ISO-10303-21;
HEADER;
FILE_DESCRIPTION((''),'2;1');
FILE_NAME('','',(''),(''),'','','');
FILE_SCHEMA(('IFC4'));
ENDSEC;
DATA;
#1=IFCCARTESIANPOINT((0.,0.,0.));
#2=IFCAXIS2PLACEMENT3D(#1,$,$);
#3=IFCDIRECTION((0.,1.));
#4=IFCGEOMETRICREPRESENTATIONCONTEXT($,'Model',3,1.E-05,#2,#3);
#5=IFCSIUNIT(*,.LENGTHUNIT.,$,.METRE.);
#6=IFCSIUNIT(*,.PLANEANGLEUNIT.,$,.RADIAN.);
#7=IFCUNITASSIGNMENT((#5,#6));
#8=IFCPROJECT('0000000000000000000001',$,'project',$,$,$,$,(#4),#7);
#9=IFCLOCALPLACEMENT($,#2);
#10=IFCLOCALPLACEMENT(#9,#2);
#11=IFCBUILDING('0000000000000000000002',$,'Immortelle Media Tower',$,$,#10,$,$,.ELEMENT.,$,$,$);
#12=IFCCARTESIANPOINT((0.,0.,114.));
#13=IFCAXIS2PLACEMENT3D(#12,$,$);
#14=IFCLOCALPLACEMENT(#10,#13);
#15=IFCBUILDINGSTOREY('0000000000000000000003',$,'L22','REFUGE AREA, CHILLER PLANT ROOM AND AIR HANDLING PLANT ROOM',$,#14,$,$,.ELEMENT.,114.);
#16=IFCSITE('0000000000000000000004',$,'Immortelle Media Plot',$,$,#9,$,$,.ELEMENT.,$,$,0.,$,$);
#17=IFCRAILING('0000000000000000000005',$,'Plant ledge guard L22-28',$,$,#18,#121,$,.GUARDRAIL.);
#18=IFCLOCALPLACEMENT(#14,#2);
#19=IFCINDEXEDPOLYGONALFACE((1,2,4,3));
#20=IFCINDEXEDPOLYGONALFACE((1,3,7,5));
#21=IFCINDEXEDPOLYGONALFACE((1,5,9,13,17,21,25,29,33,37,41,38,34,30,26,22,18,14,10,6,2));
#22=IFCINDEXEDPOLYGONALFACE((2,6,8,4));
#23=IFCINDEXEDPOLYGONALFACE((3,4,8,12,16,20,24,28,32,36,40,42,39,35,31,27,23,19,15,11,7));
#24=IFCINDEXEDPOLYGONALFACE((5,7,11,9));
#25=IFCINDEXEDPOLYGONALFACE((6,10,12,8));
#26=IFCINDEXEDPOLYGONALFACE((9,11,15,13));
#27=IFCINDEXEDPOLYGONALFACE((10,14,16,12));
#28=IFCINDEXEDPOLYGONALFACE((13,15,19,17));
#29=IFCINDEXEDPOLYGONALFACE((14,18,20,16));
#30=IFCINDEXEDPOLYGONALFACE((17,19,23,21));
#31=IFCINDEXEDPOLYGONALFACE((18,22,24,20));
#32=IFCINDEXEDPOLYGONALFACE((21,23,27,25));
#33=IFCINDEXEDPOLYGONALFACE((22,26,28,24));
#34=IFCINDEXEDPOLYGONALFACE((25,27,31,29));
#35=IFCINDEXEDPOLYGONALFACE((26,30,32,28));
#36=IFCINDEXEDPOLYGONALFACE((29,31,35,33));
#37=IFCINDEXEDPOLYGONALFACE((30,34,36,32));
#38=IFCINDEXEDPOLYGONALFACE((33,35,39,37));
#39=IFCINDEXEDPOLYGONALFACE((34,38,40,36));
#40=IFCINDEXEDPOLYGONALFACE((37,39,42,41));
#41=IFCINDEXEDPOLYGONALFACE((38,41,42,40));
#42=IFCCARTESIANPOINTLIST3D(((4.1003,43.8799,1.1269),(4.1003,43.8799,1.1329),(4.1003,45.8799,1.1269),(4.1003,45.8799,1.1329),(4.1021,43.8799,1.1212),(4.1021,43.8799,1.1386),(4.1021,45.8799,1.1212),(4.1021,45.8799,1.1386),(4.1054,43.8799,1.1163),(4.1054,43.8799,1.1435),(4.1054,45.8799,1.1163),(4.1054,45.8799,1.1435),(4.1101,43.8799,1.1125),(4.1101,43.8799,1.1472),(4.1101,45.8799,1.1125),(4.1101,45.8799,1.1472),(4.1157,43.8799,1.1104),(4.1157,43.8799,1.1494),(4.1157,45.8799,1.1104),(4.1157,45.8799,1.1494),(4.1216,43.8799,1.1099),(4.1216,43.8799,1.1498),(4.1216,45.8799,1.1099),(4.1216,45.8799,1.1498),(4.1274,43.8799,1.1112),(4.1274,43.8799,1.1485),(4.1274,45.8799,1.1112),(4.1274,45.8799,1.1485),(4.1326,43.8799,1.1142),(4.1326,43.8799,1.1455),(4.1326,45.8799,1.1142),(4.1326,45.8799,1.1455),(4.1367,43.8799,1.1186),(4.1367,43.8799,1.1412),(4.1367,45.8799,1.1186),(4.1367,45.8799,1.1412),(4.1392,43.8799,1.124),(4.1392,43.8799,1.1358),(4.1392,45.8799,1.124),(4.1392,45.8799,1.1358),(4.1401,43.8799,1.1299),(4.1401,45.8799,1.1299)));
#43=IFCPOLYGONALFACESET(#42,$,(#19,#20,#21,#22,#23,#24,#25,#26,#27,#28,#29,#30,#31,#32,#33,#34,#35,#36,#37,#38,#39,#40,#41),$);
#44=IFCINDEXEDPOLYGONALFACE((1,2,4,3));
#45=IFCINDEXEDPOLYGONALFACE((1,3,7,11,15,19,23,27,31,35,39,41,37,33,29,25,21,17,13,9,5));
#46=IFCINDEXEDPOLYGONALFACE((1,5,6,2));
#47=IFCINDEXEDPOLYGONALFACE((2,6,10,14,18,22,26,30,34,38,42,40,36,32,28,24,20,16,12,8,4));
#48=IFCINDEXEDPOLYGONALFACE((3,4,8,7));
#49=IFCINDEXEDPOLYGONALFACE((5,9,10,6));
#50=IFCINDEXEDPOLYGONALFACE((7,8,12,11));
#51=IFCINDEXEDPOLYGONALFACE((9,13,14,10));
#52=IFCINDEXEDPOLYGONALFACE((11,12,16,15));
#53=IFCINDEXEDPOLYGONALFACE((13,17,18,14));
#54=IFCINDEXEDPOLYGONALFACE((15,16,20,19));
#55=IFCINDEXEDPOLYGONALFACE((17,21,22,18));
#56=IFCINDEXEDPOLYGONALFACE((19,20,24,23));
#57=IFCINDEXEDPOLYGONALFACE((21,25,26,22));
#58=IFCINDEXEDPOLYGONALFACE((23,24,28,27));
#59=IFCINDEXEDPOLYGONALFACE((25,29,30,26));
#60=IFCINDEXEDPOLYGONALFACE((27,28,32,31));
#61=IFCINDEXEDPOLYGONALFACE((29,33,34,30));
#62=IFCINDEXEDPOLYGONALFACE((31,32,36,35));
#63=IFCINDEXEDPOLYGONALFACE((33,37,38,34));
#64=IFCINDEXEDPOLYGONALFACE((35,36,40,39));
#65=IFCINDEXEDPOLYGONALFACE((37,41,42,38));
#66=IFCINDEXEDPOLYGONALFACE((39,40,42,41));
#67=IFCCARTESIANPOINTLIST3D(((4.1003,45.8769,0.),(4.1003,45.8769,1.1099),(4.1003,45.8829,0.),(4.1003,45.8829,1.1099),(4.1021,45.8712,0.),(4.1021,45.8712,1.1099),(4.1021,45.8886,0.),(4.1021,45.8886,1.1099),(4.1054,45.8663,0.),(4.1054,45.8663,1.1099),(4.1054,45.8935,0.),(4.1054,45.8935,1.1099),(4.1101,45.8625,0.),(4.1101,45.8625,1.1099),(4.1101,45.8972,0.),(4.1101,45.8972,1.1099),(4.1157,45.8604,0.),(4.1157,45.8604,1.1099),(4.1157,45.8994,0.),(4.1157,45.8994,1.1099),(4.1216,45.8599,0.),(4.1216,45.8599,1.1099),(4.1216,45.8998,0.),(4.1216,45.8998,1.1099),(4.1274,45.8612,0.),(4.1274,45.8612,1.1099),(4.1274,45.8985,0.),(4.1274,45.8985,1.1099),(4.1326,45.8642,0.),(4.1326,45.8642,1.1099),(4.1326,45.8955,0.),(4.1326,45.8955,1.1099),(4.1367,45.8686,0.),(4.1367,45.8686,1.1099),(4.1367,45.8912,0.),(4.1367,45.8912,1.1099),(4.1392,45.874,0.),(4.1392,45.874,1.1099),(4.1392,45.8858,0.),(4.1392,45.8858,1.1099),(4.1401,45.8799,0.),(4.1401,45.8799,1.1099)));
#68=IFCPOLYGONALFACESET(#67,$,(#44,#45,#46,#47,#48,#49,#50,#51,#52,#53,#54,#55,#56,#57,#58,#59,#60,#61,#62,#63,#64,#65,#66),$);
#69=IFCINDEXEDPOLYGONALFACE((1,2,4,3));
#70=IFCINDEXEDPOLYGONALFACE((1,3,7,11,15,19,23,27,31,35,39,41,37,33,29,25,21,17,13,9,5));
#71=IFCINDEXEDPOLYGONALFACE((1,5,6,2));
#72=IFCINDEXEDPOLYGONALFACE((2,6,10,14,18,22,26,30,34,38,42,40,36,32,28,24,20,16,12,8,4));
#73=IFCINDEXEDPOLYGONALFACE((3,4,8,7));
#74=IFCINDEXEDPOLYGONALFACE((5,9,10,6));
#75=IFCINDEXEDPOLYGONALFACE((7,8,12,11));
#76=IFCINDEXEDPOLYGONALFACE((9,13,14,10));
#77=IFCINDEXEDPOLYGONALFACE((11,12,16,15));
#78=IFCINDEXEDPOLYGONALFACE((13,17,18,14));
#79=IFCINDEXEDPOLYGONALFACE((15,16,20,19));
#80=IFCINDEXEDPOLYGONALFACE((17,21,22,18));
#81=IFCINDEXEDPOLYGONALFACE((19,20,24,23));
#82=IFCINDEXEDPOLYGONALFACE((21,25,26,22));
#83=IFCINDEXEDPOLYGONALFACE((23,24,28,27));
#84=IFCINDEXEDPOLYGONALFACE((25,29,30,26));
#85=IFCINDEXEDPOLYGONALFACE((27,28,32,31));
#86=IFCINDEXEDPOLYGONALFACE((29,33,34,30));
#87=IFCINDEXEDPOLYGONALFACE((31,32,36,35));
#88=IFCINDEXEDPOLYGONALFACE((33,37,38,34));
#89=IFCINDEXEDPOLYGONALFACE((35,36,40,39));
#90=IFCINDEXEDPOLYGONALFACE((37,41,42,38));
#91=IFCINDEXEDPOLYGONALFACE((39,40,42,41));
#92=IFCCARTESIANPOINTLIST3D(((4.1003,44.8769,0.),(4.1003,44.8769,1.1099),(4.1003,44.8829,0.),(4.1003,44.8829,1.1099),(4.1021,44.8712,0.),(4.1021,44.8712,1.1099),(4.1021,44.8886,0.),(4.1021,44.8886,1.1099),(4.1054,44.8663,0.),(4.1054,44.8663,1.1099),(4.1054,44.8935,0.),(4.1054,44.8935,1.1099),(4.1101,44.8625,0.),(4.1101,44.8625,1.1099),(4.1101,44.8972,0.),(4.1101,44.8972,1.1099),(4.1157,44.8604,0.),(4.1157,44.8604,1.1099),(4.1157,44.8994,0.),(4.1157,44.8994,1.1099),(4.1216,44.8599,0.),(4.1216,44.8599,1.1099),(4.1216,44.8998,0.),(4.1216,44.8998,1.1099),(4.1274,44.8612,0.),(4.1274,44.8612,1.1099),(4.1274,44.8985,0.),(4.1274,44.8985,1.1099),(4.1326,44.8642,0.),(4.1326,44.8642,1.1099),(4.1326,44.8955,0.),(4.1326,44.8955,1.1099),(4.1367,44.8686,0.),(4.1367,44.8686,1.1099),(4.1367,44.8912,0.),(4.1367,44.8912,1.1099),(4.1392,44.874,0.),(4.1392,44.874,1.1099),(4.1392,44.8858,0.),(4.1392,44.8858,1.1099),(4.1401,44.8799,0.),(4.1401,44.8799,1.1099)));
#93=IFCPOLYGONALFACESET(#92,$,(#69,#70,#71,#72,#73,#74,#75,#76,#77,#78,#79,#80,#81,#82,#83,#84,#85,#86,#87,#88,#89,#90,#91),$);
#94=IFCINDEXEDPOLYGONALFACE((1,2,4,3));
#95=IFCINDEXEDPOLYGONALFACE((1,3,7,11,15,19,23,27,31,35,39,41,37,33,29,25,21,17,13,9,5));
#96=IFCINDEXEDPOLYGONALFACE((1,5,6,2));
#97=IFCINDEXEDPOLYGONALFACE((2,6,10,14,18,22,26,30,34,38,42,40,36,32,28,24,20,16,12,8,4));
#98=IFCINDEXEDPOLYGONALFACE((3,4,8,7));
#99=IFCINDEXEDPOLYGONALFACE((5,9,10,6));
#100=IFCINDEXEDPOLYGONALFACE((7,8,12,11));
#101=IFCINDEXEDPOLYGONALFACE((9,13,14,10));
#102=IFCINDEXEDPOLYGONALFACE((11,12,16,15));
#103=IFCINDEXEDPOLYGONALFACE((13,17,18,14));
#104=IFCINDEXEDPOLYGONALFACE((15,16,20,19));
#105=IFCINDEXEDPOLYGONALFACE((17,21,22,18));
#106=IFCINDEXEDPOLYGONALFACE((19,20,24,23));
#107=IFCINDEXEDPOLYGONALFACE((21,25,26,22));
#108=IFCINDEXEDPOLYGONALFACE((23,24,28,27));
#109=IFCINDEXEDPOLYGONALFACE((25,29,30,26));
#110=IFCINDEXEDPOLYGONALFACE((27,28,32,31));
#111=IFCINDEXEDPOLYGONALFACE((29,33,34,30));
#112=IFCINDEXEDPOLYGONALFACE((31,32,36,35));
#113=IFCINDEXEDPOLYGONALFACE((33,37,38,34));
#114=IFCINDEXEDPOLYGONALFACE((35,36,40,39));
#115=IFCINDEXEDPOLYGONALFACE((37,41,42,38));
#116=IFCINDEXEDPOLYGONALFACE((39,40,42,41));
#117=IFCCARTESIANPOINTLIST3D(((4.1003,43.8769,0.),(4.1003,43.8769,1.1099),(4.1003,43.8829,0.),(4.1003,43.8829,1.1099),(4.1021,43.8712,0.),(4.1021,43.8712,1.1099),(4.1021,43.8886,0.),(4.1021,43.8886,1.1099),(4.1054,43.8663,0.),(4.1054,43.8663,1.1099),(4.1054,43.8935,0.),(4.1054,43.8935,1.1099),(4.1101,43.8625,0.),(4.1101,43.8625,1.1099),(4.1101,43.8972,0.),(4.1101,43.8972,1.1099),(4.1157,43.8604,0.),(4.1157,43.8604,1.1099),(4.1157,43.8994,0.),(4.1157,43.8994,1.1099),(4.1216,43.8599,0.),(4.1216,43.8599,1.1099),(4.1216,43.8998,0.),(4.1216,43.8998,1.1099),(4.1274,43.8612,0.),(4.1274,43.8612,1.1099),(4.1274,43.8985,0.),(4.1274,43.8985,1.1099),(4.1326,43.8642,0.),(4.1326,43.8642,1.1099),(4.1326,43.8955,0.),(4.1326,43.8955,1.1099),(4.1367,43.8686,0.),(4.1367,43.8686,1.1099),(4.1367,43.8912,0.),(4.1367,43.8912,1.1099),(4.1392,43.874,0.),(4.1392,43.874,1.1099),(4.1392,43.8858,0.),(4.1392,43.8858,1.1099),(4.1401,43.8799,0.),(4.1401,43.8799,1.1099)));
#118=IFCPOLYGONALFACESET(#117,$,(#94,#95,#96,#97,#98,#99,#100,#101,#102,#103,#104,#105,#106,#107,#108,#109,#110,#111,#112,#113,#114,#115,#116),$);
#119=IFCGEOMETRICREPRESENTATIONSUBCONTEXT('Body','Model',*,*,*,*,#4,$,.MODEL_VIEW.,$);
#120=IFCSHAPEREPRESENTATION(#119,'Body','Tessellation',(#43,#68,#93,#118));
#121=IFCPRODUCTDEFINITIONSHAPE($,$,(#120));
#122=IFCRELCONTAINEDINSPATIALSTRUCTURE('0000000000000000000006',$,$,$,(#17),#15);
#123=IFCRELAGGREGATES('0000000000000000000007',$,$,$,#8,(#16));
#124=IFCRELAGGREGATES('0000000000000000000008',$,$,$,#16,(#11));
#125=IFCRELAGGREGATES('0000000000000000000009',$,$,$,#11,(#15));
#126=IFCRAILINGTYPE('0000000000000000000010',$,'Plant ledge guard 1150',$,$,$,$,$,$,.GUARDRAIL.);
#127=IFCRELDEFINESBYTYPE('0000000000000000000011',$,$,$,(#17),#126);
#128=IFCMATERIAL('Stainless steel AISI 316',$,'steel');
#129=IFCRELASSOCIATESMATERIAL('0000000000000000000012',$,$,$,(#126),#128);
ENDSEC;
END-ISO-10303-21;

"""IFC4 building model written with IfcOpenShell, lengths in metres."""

from ifc_helpers import new_model, si_unit, direction, frame, origin, origin_2d, place, context, subcontext, project, spatial, circle, extrude, material, type_object, element, save


model = new_model("IFC4")

# Units and contexts
model_context = context("Model", 3, precision=1e-05, world=origin(), true_north=direction((0.0, 1.0)))
body_context = subcontext(model_context, "Body", "Model", "MODEL_VIEW")
ifc_project = project(units=[si_unit("LENGTHUNIT", "METRE"), si_unit("PLANEANGLEUNIT", "RADIAN")], contexts=[model_context])

# Site, building, storey
site_placement = place(None, origin())
site = spatial("IfcSite", under=ifc_project, at=site_placement, Name="Immortelle Media Plot", CompositionType="ELEMENT", RefElevation=0.0)
building_placement = place(site_placement, origin())
building = spatial("IfcBuilding", under=site, at=building_placement, Name="Immortelle Media Tower", CompositionType="ELEMENT")
storey_placement = place(building_placement, frame((0.0, 0.0, 114.0)))
storey = spatial("IfcBuildingStorey", under=building, at=storey_placement, Name="L22", Description="REFUGE AREA, CHILLER PLANT ROOM AND AIR HANDLING PLANT ROOM", CompositionType="ELEMENT", Elevation=114.0)

# Railing
ifc_material_1 = material(Name="Stainless steel AISI 316", Category="steel")
railing_type = type_object("IfcRailingType", Name="Plant ledge guard 1150", PredefinedType="GUARDRAIL", material=ifc_material_1)
railing_1_placement = place(storey_placement, frame((4.1201, 45.8799, 0.0)))
element("IfcRailing", 1, at=railing_1_placement, inside=storey, type_object=railing_type, Name="Plant ledge guard L22-28", PredefinedType="GUARDRAIL", context=body_context, shape_type="SweptSolid", body=[
    extrude(circle(Radius=0.02, at=origin_2d()), frame((0.0, 0.0, 1.1299), z_axis=(0.0, -1.0, 0.0), x_axis=(1.0, 0.0, 0.0)), (0.0, 0.0, 1.0), 2.0),
    extrude(circle(Radius=0.02, at=origin_2d()), origin(), (0.0, 0.0, 1.0), 1.1099),
    extrude(circle(Radius=0.02, at=origin_2d()), frame((0.0, -1.0, 0.0)), (0.0, 0.0, 1.0), 1.1099),
    extrude(circle(Radius=0.02, at=origin_2d()), frame((0.0, -2.0, 0.0)), (0.0, 0.0, 1.0), 1.1099),
])

save(model, "model.ifc")
